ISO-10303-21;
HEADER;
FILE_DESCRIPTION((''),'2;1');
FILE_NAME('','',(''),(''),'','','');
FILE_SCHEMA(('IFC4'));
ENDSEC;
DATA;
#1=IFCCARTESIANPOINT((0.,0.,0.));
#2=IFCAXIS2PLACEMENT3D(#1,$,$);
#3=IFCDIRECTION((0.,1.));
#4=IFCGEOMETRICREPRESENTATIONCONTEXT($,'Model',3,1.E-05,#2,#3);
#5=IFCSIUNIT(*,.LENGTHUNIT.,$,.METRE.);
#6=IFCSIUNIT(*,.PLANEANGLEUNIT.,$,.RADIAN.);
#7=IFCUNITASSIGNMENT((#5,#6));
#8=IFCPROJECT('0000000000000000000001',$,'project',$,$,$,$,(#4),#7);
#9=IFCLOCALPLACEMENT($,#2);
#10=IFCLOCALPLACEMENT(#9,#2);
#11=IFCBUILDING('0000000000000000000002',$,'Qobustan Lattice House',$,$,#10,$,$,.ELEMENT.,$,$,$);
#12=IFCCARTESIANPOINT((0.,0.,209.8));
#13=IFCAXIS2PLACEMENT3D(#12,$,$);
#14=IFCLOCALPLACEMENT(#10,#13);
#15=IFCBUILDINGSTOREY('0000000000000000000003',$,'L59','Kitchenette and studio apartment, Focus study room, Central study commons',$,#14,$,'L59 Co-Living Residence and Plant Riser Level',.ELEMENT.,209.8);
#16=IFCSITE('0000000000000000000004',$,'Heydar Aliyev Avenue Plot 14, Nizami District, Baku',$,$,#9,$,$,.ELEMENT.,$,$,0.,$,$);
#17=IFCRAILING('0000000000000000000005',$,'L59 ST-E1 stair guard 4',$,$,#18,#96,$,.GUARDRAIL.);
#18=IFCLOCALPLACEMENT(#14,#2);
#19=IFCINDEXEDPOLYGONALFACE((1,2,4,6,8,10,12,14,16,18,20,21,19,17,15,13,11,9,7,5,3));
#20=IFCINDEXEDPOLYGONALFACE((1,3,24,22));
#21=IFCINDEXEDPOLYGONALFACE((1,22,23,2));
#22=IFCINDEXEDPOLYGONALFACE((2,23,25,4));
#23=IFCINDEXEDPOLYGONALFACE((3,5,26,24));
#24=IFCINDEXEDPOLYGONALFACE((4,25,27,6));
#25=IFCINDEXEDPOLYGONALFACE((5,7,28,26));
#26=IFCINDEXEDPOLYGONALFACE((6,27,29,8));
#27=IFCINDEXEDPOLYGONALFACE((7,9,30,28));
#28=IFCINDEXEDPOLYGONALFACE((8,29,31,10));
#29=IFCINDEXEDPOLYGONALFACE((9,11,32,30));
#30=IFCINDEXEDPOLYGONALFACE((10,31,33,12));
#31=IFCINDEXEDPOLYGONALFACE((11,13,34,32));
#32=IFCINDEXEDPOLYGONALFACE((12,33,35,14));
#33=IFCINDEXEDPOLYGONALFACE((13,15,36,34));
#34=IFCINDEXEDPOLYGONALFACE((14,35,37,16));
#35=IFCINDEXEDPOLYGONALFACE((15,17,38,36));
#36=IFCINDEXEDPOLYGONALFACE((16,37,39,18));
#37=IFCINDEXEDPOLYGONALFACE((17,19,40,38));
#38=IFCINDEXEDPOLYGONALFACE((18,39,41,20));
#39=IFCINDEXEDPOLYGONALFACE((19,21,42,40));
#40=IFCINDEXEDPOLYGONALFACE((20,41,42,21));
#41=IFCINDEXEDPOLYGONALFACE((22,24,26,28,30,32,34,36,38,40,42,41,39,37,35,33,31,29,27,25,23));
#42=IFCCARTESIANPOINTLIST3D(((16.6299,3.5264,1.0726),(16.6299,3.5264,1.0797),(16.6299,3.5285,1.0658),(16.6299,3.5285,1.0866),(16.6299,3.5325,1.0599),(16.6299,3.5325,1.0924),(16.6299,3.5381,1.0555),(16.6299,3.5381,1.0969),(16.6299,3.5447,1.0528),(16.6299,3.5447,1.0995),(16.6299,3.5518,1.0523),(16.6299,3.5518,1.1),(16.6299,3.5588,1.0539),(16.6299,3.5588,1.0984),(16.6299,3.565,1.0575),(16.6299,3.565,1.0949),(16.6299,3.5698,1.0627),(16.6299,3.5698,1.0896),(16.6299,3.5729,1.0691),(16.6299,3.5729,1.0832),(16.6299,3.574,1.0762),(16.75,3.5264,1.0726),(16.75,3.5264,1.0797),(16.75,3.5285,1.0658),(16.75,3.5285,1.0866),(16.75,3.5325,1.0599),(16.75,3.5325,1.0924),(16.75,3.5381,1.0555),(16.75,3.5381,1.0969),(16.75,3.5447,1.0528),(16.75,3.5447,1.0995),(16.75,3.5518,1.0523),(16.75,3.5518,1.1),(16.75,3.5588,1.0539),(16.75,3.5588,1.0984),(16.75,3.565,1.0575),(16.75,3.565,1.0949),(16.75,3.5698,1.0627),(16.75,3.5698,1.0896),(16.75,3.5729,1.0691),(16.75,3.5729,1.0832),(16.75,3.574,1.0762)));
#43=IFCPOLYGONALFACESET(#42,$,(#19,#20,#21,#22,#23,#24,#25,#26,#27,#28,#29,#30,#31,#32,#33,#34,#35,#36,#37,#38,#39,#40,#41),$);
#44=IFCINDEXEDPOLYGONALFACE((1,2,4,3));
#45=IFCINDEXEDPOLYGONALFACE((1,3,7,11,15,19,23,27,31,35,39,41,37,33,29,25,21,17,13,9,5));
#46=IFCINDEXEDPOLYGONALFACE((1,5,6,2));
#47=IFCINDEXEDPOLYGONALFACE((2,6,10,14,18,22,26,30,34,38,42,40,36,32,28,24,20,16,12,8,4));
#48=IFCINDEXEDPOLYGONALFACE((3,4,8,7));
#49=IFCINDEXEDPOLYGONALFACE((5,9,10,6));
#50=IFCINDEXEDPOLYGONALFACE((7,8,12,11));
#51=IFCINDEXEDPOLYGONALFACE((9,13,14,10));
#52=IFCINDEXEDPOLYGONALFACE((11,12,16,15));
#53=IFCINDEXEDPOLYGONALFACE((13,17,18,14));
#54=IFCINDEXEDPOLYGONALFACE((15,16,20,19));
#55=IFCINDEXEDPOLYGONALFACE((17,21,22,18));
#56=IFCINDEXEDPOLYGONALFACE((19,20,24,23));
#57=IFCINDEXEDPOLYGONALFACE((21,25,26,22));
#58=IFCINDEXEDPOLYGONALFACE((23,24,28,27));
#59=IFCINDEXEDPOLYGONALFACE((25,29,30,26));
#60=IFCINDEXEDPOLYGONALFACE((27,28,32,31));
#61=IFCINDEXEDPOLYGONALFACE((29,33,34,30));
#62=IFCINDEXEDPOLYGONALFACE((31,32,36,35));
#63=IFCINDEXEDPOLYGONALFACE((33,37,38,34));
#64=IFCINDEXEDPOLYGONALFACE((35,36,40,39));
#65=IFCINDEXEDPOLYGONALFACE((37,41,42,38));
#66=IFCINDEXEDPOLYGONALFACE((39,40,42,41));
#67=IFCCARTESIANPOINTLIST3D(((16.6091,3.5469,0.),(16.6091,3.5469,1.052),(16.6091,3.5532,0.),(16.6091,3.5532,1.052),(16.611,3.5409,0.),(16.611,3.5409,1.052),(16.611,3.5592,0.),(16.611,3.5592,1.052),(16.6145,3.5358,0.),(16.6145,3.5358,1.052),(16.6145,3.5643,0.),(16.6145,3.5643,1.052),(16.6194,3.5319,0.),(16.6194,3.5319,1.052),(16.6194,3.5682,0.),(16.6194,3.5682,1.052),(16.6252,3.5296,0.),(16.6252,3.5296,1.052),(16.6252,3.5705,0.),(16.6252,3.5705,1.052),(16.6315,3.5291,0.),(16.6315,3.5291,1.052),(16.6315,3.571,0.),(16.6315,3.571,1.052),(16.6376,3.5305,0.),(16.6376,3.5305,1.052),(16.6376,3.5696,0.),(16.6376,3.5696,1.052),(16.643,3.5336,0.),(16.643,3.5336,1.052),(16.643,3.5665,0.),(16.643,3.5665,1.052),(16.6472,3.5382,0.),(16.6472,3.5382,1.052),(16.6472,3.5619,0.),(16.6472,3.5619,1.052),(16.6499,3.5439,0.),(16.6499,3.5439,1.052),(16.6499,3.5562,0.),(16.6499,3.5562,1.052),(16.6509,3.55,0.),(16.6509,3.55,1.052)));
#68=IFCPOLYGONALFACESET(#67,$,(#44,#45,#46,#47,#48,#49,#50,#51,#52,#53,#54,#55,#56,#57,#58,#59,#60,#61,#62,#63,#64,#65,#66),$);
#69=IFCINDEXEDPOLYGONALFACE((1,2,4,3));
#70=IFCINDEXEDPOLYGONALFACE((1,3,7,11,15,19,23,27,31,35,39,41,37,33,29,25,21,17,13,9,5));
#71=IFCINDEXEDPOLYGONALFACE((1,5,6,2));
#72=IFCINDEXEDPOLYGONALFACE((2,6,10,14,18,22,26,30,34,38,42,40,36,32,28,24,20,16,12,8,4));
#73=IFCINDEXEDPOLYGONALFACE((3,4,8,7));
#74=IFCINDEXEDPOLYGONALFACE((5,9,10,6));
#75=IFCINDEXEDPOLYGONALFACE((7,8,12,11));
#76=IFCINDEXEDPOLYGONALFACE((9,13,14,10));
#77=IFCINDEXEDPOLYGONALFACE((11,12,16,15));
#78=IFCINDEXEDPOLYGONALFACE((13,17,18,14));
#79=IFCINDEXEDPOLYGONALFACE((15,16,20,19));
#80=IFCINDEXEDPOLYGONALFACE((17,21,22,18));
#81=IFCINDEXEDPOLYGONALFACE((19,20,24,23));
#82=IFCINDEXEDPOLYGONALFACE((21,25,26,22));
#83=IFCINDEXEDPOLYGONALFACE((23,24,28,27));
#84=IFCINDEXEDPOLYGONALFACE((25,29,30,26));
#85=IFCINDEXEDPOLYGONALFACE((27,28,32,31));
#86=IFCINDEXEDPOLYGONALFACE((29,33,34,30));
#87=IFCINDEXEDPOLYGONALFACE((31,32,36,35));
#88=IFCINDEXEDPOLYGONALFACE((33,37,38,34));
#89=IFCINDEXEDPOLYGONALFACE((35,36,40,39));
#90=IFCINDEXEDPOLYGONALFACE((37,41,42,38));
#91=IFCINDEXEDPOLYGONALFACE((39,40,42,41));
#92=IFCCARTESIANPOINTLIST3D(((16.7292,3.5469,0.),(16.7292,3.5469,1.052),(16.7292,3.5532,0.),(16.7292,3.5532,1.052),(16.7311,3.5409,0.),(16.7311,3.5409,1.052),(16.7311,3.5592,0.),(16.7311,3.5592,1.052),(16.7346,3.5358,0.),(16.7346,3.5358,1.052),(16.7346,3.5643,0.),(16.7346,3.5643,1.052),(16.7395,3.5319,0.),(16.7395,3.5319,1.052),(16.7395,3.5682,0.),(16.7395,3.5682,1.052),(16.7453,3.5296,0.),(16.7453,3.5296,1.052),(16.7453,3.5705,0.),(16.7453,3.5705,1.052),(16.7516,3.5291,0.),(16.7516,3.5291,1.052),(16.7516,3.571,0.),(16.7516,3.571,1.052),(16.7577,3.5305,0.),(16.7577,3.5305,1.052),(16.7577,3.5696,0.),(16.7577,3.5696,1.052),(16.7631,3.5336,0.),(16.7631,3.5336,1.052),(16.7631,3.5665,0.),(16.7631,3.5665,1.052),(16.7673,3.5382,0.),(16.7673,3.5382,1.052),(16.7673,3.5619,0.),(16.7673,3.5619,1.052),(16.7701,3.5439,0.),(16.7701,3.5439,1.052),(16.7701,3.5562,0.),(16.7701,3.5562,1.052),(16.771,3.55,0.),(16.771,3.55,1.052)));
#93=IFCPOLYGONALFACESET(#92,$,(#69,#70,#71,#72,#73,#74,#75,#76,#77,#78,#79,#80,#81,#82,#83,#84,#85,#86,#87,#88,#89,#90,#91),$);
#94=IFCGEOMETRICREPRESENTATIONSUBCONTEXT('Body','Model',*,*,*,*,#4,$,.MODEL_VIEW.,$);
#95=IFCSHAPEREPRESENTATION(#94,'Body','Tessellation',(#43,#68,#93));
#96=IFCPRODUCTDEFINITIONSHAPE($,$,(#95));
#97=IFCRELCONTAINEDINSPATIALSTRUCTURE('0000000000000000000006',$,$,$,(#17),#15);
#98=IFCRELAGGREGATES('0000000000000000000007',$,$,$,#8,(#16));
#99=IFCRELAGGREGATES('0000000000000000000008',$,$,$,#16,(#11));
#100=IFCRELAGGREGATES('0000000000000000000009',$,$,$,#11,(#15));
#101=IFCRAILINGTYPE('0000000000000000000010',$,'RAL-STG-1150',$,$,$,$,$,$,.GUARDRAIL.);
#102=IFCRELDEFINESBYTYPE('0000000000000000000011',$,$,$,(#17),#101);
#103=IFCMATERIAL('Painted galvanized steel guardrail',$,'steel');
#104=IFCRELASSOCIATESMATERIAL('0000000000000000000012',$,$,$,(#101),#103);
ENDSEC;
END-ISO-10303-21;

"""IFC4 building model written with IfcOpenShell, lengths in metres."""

from ifc_helpers import new_model, si_unit, direction, frame, origin, origin_2d, place, context, subcontext, project, spatial, circle, extrude, material, type_object, element, save


model = new_model("IFC4")

# Units and contexts
model_context = context("Model", 3, precision=1e-05, world=origin(), true_north=direction((0.0, 1.0)))
body_context = subcontext(model_context, "Body", "Model", "MODEL_VIEW")
ifc_project = project(units=[si_unit("LENGTHUNIT", "METRE"), si_unit("PLANEANGLEUNIT", "RADIAN")], contexts=[model_context])

# Site, building, storey
site_placement = place(None, origin())
site = spatial("IfcSite", under=ifc_project, at=site_placement, Name="Heydar Aliyev Avenue Plot 14, Nizami District, Baku", CompositionType="ELEMENT", RefElevation=0.0)
building_placement = place(site_placement, origin())
building = spatial("IfcBuilding", under=site, at=building_placement, Name="Qobustan Lattice House", CompositionType="ELEMENT")
storey_placement = place(building_placement, frame((0.0, 0.0, 209.8)))
storey = spatial("IfcBuildingStorey", under=building, at=storey_placement, Name="L59", Description="Kitchenette and studio apartment, Focus study room, Central study commons", LongName="L59 Co-Living Residence and Plant Riser Level", CompositionType="ELEMENT", Elevation=209.8)

# Railing
ifc_material_1 = material(Name="Painted galvanized steel guardrail", Category="steel")
railing_type_1 = type_object("IfcRailingType", Name="RAL-STG-1150", PredefinedType="GUARDRAIL", material=ifc_material_1)
railing_1_placement = place(storey_placement, frame((16.6299, 3.55, 0.0)))
element("IfcRailing", 1, at=railing_1_placement, inside=storey, type_object=railing_type_1, Name="L59 ST-E1 stair guard 4", PredefinedType="GUARDRAIL", context=body_context, shape_type="SweptSolid", body=[
    extrude(circle(Radius=0.0239, at=origin_2d()), frame((0.0, 0.0, 1.0762), z_axis=(1.0, 0.0, 0.0), x_axis=(0.0, 1.0, 0.0)), (0.0, 0.0, 1.0), 0.1201),
    extrude(circle(Radius=0.021, at=origin_2d()), origin(), (0.0, 0.0, 1.0), 1.052),
    extrude(circle(Radius=0.021, at=origin_2d()), frame((0.1201, 0.0, 0.0)), (0.0, 0.0, 1.0), 1.052),
])

save(model, "model.ifc")
